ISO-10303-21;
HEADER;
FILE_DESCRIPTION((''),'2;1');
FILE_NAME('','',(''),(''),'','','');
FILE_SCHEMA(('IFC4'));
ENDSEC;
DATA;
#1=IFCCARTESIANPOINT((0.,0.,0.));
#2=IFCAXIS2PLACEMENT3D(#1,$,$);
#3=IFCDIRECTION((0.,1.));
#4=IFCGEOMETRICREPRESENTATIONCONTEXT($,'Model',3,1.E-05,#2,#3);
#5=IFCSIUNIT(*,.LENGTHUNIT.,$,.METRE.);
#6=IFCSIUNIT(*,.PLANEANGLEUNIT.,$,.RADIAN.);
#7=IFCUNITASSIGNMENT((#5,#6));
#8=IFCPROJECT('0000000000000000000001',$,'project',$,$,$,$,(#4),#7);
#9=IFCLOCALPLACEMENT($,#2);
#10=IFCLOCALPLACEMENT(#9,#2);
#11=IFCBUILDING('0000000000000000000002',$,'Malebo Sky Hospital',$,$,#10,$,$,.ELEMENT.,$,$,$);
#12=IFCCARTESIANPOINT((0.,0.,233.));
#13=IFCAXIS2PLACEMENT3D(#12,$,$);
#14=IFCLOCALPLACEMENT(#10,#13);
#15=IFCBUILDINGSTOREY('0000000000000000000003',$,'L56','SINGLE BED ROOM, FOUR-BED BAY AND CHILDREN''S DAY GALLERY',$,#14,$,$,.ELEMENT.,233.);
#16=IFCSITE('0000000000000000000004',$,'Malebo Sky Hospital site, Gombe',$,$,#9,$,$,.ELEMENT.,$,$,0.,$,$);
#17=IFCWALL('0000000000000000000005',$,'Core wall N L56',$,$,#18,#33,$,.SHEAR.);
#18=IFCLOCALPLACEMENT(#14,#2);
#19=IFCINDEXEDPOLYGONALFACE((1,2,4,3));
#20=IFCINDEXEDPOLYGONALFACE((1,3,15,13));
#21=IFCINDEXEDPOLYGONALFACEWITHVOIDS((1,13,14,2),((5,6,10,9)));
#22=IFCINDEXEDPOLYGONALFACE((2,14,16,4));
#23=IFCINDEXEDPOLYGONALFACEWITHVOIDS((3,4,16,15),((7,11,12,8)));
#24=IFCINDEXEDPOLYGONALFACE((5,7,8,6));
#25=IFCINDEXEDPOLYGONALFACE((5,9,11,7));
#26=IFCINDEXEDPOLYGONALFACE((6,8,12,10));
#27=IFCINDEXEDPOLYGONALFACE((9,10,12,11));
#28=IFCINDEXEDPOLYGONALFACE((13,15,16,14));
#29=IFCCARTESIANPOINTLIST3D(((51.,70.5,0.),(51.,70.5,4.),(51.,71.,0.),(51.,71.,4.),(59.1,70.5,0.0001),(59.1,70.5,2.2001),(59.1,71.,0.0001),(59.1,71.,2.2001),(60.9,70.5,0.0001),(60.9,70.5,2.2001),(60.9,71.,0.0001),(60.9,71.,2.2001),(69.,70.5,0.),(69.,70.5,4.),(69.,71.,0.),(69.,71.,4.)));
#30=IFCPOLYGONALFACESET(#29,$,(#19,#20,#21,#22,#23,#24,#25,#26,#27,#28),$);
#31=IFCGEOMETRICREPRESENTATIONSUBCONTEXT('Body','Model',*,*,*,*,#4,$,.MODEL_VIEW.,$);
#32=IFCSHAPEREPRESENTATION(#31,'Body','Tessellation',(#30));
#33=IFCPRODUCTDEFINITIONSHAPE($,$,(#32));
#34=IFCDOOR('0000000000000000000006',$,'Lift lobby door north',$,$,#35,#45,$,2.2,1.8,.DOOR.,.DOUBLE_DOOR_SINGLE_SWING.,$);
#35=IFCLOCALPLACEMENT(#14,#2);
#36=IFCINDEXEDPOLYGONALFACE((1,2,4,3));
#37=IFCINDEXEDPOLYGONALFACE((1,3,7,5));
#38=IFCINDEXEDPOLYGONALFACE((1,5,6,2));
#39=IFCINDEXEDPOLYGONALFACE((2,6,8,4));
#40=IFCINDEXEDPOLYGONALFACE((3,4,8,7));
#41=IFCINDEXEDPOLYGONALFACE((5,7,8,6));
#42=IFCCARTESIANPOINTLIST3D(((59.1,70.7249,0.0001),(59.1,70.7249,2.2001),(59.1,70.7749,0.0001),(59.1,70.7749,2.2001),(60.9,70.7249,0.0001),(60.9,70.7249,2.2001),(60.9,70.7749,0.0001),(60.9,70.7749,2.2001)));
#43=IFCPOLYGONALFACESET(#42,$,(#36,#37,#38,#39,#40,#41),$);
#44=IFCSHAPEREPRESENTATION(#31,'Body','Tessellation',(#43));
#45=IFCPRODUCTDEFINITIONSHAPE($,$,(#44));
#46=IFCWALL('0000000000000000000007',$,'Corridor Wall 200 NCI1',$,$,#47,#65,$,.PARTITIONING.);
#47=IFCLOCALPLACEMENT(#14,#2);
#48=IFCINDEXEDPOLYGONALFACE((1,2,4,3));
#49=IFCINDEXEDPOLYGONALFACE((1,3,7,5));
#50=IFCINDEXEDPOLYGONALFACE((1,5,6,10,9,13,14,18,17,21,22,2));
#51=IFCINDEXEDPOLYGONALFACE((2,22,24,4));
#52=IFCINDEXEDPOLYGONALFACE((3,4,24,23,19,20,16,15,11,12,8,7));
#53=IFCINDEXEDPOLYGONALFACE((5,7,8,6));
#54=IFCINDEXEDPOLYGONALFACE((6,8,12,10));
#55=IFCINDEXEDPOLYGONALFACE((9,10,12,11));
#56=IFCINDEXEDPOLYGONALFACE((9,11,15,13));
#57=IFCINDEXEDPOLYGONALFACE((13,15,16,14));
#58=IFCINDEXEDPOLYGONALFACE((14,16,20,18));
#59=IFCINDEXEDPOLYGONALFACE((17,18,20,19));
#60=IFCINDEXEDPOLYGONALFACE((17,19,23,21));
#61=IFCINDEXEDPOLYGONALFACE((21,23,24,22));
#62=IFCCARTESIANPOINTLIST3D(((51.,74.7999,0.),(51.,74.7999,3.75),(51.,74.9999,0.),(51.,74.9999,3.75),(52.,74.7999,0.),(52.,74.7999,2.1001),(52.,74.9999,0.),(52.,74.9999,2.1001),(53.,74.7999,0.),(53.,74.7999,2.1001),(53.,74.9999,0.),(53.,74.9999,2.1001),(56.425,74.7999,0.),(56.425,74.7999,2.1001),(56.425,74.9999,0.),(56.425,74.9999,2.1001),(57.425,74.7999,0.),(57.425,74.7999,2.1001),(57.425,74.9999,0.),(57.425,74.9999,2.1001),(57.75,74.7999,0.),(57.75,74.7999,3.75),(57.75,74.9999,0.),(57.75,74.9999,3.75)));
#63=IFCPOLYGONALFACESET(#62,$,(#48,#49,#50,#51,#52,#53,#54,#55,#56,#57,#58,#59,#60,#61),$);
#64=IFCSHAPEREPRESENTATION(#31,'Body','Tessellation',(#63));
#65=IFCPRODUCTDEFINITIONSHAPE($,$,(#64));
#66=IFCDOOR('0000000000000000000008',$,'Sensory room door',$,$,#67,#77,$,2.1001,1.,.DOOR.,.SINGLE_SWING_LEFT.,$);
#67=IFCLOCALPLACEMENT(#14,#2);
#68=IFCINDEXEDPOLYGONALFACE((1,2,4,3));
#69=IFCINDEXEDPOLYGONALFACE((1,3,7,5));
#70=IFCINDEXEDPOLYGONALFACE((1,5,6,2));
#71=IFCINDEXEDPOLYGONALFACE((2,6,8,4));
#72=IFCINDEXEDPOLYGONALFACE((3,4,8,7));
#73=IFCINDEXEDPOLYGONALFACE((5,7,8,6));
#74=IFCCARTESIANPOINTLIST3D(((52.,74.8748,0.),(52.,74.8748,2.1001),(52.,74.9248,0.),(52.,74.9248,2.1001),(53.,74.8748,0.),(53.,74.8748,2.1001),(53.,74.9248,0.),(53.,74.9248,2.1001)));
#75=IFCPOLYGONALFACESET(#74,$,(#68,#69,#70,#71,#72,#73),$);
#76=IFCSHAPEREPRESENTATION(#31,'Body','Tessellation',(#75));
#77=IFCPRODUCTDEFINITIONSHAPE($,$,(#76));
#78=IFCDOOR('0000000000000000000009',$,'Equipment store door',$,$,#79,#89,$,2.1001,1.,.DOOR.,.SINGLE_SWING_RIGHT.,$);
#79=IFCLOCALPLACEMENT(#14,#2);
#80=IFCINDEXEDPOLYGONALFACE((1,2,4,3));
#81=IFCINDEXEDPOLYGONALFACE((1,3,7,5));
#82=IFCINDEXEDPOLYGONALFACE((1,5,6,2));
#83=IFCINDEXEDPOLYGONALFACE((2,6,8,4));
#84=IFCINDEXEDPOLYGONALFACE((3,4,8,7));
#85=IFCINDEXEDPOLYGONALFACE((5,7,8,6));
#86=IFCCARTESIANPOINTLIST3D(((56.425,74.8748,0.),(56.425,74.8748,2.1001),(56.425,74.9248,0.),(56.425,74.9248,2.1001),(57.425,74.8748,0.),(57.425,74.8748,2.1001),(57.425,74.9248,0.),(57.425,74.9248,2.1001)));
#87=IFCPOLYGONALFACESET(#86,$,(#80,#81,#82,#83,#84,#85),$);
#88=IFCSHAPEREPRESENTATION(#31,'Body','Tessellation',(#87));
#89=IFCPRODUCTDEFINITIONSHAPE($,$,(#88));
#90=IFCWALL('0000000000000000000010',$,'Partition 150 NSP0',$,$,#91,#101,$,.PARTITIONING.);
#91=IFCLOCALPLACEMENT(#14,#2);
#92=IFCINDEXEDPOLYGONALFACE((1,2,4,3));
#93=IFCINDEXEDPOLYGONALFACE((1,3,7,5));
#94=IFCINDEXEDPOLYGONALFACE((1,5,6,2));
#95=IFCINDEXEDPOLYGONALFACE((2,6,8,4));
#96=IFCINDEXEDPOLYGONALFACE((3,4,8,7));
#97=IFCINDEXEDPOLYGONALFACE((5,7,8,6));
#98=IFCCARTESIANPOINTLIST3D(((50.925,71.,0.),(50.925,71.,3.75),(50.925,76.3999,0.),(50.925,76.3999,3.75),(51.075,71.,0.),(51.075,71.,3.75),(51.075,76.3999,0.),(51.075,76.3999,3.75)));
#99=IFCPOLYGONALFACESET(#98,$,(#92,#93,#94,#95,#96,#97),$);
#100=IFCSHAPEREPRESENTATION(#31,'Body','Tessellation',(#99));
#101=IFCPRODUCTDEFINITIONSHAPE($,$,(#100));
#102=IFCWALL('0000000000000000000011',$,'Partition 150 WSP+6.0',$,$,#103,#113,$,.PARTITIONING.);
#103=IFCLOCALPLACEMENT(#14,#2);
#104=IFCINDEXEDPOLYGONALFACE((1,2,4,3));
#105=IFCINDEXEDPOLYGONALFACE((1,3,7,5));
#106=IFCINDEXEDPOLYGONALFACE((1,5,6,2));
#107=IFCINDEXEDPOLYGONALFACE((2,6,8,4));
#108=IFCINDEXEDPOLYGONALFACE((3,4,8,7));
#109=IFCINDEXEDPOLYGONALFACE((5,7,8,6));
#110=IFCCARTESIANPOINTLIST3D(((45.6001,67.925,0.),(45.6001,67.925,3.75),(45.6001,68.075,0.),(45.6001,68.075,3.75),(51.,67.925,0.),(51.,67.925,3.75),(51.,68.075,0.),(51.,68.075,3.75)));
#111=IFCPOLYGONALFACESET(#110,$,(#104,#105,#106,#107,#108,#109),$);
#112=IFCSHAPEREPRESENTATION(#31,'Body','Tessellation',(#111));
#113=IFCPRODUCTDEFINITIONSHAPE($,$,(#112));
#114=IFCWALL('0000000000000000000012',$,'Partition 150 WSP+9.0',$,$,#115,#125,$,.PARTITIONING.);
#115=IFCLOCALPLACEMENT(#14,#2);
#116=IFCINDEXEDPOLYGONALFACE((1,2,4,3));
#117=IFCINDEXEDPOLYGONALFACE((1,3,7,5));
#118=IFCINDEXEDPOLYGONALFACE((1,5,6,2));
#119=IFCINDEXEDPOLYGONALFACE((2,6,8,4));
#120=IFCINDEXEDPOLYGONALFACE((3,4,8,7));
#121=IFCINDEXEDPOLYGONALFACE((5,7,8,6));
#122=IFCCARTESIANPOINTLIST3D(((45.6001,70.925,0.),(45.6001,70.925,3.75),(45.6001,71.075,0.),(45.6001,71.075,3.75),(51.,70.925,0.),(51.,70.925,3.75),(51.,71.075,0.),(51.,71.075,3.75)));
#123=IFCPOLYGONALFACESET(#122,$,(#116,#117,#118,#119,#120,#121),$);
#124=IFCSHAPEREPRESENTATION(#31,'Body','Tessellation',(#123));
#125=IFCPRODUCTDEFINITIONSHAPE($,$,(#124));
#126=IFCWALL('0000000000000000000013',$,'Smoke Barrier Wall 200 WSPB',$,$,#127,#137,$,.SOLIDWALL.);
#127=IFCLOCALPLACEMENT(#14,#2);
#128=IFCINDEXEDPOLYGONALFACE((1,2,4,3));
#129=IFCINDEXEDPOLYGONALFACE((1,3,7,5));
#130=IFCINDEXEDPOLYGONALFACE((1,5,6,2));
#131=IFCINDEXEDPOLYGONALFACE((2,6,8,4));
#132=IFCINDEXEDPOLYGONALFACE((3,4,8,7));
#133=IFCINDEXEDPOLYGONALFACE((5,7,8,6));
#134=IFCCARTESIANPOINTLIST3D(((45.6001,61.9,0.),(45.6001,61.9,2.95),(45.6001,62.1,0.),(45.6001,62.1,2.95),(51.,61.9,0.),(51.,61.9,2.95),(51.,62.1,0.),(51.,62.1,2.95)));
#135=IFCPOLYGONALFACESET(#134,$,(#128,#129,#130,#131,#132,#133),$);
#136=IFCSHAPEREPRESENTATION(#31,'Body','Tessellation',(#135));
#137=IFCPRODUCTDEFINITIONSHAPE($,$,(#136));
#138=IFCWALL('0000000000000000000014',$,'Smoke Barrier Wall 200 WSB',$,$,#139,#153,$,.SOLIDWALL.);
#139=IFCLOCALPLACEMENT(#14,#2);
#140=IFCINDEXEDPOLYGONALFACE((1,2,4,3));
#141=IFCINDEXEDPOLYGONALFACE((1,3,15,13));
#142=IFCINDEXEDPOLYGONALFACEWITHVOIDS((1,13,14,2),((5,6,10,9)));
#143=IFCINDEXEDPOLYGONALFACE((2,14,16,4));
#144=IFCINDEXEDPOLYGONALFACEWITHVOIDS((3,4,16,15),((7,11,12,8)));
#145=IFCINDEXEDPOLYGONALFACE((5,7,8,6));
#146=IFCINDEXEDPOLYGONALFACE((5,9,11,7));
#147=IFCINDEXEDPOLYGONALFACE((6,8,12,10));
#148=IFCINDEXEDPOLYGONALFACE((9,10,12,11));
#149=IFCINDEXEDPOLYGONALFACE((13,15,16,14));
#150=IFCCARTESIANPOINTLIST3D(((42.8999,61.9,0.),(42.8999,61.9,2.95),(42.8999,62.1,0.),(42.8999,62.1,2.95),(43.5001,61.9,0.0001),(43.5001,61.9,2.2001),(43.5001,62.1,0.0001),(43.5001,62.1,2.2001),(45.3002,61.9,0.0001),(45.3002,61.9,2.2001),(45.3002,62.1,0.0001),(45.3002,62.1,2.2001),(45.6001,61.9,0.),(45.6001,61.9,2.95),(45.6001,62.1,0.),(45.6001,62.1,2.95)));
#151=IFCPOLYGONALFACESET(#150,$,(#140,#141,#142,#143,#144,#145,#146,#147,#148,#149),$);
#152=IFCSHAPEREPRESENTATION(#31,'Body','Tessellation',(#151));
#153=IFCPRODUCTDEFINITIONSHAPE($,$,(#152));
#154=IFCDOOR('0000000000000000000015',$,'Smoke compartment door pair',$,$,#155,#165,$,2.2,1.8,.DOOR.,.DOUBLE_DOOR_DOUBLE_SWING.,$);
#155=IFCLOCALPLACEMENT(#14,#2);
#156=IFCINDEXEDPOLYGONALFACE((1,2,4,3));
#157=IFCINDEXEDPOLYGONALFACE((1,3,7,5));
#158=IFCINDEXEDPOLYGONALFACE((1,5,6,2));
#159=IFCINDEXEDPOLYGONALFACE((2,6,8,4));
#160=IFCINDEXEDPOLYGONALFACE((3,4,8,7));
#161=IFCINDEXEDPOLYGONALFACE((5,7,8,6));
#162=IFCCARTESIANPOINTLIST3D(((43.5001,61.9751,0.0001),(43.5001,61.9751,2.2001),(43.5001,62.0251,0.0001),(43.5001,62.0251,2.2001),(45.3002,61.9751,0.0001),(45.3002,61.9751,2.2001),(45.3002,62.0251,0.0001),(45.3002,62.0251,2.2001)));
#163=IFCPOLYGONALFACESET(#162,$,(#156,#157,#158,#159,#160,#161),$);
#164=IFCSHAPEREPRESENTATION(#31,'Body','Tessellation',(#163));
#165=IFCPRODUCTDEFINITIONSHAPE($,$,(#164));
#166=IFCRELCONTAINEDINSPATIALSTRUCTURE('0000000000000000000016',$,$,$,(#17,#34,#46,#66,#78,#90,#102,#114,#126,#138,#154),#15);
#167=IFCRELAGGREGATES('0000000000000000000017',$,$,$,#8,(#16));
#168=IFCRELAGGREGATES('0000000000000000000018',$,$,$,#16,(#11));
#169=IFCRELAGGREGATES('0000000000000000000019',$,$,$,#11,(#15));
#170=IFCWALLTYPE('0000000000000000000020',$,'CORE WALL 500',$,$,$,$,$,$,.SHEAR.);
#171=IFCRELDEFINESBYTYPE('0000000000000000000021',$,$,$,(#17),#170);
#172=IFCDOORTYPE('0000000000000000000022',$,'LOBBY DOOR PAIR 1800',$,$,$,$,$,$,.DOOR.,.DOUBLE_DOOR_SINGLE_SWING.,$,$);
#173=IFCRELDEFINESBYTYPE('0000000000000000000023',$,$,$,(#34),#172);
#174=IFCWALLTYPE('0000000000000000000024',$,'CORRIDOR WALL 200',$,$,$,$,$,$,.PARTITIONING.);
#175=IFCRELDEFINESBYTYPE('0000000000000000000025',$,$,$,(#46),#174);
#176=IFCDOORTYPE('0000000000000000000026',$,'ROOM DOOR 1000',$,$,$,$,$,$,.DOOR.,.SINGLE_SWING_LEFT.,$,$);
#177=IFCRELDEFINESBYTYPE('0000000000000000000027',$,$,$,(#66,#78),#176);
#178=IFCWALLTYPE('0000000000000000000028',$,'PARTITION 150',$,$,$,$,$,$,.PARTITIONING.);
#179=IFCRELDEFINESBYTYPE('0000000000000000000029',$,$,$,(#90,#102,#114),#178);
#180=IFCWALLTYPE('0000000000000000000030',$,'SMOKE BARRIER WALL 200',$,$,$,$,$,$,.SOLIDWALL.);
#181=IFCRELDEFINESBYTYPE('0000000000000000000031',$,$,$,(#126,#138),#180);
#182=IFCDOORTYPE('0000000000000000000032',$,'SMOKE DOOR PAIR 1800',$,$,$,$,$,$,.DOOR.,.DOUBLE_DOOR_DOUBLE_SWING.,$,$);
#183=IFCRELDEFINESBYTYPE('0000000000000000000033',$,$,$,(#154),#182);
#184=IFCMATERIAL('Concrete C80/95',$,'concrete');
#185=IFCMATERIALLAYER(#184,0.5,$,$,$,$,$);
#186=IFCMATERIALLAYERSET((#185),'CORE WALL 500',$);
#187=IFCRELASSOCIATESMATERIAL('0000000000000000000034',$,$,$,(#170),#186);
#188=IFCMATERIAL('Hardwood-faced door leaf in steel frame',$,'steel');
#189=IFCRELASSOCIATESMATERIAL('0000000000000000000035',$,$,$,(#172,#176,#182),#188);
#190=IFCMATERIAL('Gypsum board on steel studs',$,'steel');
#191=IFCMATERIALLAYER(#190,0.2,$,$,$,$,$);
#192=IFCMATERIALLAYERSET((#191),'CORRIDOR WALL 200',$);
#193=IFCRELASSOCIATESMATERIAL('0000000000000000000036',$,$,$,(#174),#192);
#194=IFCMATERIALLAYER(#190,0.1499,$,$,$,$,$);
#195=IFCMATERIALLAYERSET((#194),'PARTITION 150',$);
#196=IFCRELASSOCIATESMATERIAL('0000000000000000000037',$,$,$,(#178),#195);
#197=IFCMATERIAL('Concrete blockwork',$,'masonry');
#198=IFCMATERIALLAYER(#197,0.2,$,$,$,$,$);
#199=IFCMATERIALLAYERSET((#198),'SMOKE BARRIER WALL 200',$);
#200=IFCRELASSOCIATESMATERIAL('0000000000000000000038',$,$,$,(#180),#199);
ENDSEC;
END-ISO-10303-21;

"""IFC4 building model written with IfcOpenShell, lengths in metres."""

from ifc_helpers import new_model, si_unit, direction, frame, frame_2d, origin, place, context, subcontext, project, spatial, rectangle, extrude, material, layer, layer_set, type_object, element, fill, save


model = new_model("IFC4")

# Units and contexts
model_context = context("Model", 3, precision=1e-05, world=origin(), true_north=direction((0.0, 1.0)))
body_context = subcontext(model_context, "Body", "Model", "MODEL_VIEW")
ifc_project = project(units=[si_unit("LENGTHUNIT", "METRE"), si_unit("PLANEANGLEUNIT", "RADIAN")], contexts=[model_context])

# Site, building, storey
site_placement = place(None, origin())
site = spatial("IfcSite", under=ifc_project, at=site_placement, Name="Malebo Sky Hospital site, Gombe", CompositionType="ELEMENT", RefElevation=0.0)
building_placement = place(site_placement, origin())
building = spatial("IfcBuilding", under=site, at=building_placement, Name="Malebo Sky Hospital", CompositionType="ELEMENT")
storey_placement = place(building_placement, frame((0.0, 0.0, 233.0)))
storey = spatial("IfcBuildingStorey", under=building, at=storey_placement, Name="L56", Description="SINGLE BED ROOM, FOUR-BED BAY AND CHILDREN'S DAY GALLERY", CompositionType="ELEMENT", Elevation=233.0)

# Wall, opening, door
ifc_material_1 = material(Name="Concrete C80/95", Category="concrete")
ifc_material_2 = material(Name="Hardwood-faced door leaf in steel frame", Category="steel")
ifc_layer_1 = layer(ifc_material_1, 0.5)
ifc_layer_set_1 = layer_set([ifc_layer_1], Name="CORE WALL 500")
wall_type_1 = type_object("IfcWallType", Name="CORE WALL 500", PredefinedType="SHEAR", material=ifc_layer_set_1)
wall_1_placement = place(storey_placement, frame((51.0, 70.75, 0.0), z_axis=(0.0, 0.0, 1.0), x_axis=(1.0, 0.0, 0.0)))
wall_1 = element("IfcWall", 1, at=wall_1_placement, inside=storey, type_object=wall_type_1, Name="Core wall N L56", PredefinedType="SHEAR", context=body_context, shape_type="SweptSolid", body=[
    extrude(rectangle(XDim=18.0, YDim=0.5, at=frame_2d((9.0, 0.0))), origin(), (0.0, 0.0, 1.0), 4.0),
])
opening_1_placement = place(wall_1_placement, frame((8.1001, 0.0, 0.0)))
opening_1 = element("IfcOpeningElement", 2, at=opening_1_placement, cuts=wall_1, PredefinedType="OPENING", context=body_context, shape_type="SweptSolid", body=[
    extrude(rectangle(XDim=1.8, YDim=2.2, at=frame_2d((0.8999, 1.1001))), frame((0.0, 0.26, 0.0), z_axis=(0.0, -1.0, 0.0), x_axis=(1.0, 0.0, 0.0)), (0.0, 0.0, 1.0), 0.52),
])
door_type_1 = type_object("IfcDoorType", Name="LOBBY DOOR PAIR 1800", OperationType="DOUBLE_DOOR_SINGLE_SWING", PredefinedType="DOOR", material=ifc_material_2)
door_1_placement = place(opening_1_placement, origin())
door_1 = element("IfcDoor", 3, at=door_1_placement, inside=storey, type_object=door_type_1, Name="Lift lobby door north", OperationType="DOUBLE_DOOR_SINGLE_SWING", OverallHeight=2.2, OverallWidth=1.8, PredefinedType="DOOR", context=body_context, shape_type="SweptSolid", body=[
    extrude(rectangle(XDim=1.8, YDim=2.2, at=frame_2d((0.8999, 1.1001))), frame((0.0, 0.0249, 0.0), z_axis=(0.0, -1.0, 0.0), x_axis=(1.0, 0.0, 0.0)), (0.0, 0.0, 1.0), 0.05),
])
fill(opening_1, door_1)

# Wall, openings, doors
ifc_material_3 = material(Name="Gypsum board on steel studs", Category="steel")
ifc_layer_2 = layer(ifc_material_3, 0.2)
ifc_layer_set_2 = layer_set([ifc_layer_2], Name="CORRIDOR WALL 200")
wall_type_2 = type_object("IfcWallType", Name="CORRIDOR WALL 200", PredefinedType="PARTITIONING", material=ifc_layer_set_2)
wall_2_placement = place(storey_placement, frame((51.0, 74.8999, 0.0), z_axis=(0.0, 0.0, 1.0), x_axis=(1.0, 0.0, 0.0)))
wall_2 = element("IfcWall", 4, at=wall_2_placement, inside=storey, type_object=wall_type_2, Name="Corridor Wall 200 NCI1", PredefinedType="PARTITIONING", context=body_context, shape_type="SweptSolid", body=[
    extrude(rectangle(XDim=6.75, YDim=0.2, at=frame_2d((3.375, 0.0))), origin(), (0.0, 0.0, 1.0), 3.75),
])
opening_2_placement = place(wall_2_placement, frame((1.0, 0.0, 0.0)))
opening_2 = element("IfcOpeningElement", 5, at=opening_2_placement, cuts=wall_2, PredefinedType="OPENING", context=body_context, shape_type="SweptSolid", body=[
    extrude(rectangle(XDim=1.0, YDim=2.1001, at=frame_2d((0.5, 1.05))), frame((0.0, 0.1099, 0.0), z_axis=(0.0, -1.0, 0.0), x_axis=(1.0, 0.0, 0.0)), (0.0, 0.0, 1.0), 0.22),
])
opening_3_placement = place(wall_2_placement, frame((5.425, 0.0, 0.0)))
opening_3 = element("IfcOpeningElement", 6, at=opening_3_placement, cuts=wall_2, PredefinedType="OPENING", context=body_context, shape_type="SweptSolid", body=[
    extrude(rectangle(XDim=1.0, YDim=2.1001, at=frame_2d((0.5, 1.05))), frame((0.0, 0.1099, 0.0), z_axis=(0.0, -1.0, 0.0), x_axis=(1.0, 0.0, 0.0)), (0.0, 0.0, 1.0), 0.22),
])
door_type_2 = type_object("IfcDoorType", Name="ROOM DOOR 1000", OperationType="SINGLE_SWING_LEFT", PredefinedType="DOOR", material=ifc_material_2)
door_2_placement = place(opening_2_placement, origin())
door_2 = element("IfcDoor", 7, at=door_2_placement, inside=storey, type_object=door_type_2, Name="Sensory room door", OperationType="SINGLE_SWING_LEFT", OverallHeight=2.1001, OverallWidth=1.0, PredefinedType="DOOR", context=body_context, shape_type="SweptSolid", body=[
    extrude(rectangle(XDim=1.0, YDim=2.1001, at=frame_2d((0.5, 1.05))), frame((0.0, 0.0249, 0.0), z_axis=(0.0, -1.0, 0.0), x_axis=(1.0, 0.0, 0.0)), (0.0, 0.0, 1.0), 0.05),
])
fill(opening_2, door_2)
door_3_placement = place(opening_3_placement, origin())
door_3 = element("IfcDoor", 8, at=door_3_placement, inside=storey, type_object=door_type_2, Name="Equipment store door", OperationType="SINGLE_SWING_RIGHT", OverallHeight=2.1001, OverallWidth=1.0, PredefinedType="DOOR", context=body_context, shape_type="SweptSolid", body=[
    extrude(rectangle(XDim=1.0, YDim=2.1001, at=frame_2d((0.5, 1.05))), frame((0.0, 0.0249, 0.0), z_axis=(0.0, -1.0, 0.0), x_axis=(1.0, 0.0, 0.0)), (0.0, 0.0, 1.0), 0.05),
])
fill(opening_3, door_3)

# Walls
ifc_layer_3 = layer(ifc_material_3, 0.1499)
ifc_layer_set_3 = layer_set([ifc_layer_3], Name="PARTITION 150")
wall_type_3 = type_object("IfcWallType", Name="PARTITION 150", PredefinedType="PARTITIONING", material=ifc_layer_set_3)
for number, where, z_axis, x_axis, name in (
    (9, (51.0, 71.0, 0.0), (0.0, 0.0, 1.0), (0.0, 1.0, 0.0), "Partition 150 NSP0"),
    (10, (51.0, 68.0, 0.0), (0.0, 0.0, 1.0), (-1.0, 0.0, 0.0), "Partition 150 WSP+6.0"),
    (11, (51.0, 71.0, 0.0), (0.0, 0.0, 1.0), (-1.0, 0.0, 0.0), "Partition 150 WSP+9.0"),
):
    element("IfcWall", number, at=place(storey_placement, frame(where, z_axis=z_axis, x_axis=x_axis)), inside=storey, type_object=wall_type_3, Name=name, PredefinedType="PARTITIONING", context=body_context, shape_type="SweptSolid", body=[
        extrude(rectangle(XDim=5.3999, YDim=0.1499, at=frame_2d((2.7, 0.0))), origin(), (0.0, 0.0, 1.0), 3.75),
    ])
ifc_material_4 = material(Name="Concrete blockwork", Category="masonry")
ifc_layer_4 = layer(ifc_material_4, 0.2)
ifc_layer_set_4 = layer_set([ifc_layer_4], Name="SMOKE BARRIER WALL 200")
wall_type_4 = type_object("IfcWallType", Name="SMOKE BARRIER WALL 200", PredefinedType="SOLIDWALL", material=ifc_layer_set_4)
wall_3_placement = place(storey_placement, frame((51.0, 62.0, 0.0), z_axis=(0.0, 0.0, 1.0), x_axis=(-1.0, 0.0, 0.0)))
element("IfcWall", 12, at=wall_3_placement, inside=storey, type_object=wall_type_4, Name="Smoke Barrier Wall 200 WSPB", PredefinedType="SOLIDWALL", context=body_context, shape_type="SweptSolid", body=[
    extrude(rectangle(XDim=5.3999, YDim=0.2, at=frame_2d((2.7, 0.0))), origin(), (0.0, 0.0, 1.0), 2.95),
])

# Wall, opening, door
wall_4_placement = place(storey_placement, frame((45.6001, 62.0, 0.0), z_axis=(0.0, 0.0, 1.0), x_axis=(-1.0, 0.0, 0.0)))
wall_4 = element("IfcWall", 13, at=wall_4_placement, inside=storey, type_object=wall_type_4, Name="Smoke Barrier Wall 200 WSB", PredefinedType="SOLIDWALL", context=body_context, shape_type="SweptSolid", body=[
    extrude(rectangle(XDim=2.7002, YDim=0.2, at=frame_2d((1.3501, 0.0))), origin(), (0.0, 0.0, 1.0), 2.95),
])
opening_4_placement = place(wall_4_placement, frame((0.3, 0.0, 0.0)))
opening_4 = element("IfcOpeningElement", 14, at=opening_4_placement, cuts=wall_4, PredefinedType="OPENING", context=body_context, shape_type="SweptSolid", body=[
    extrude(rectangle(XDim=1.8, YDim=2.2, at=frame_2d((0.8999, 1.1001))), frame((0.0, 0.1099, 0.0), z_axis=(0.0, -1.0, 0.0), x_axis=(1.0, 0.0, 0.0)), (0.0, 0.0, 1.0), 0.22),
])
door_type_3 = type_object("IfcDoorType", Name="SMOKE DOOR PAIR 1800", OperationType="DOUBLE_DOOR_DOUBLE_SWING", PredefinedType="DOOR", material=ifc_material_2)
door_4_placement = place(opening_4_placement, origin())
door_4 = element("IfcDoor", 15, at=door_4_placement, inside=storey, type_object=door_type_3, Name="Smoke compartment door pair", OperationType="DOUBLE_DOOR_DOUBLE_SWING", OverallHeight=2.2, OverallWidth=1.8, PredefinedType="DOOR", context=body_context, shape_type="SweptSolid", body=[
    extrude(rectangle(XDim=1.8, YDim=2.2, at=frame_2d((0.8999, 1.1001))), frame((0.0, 0.0249, 0.0), z_axis=(0.0, -1.0, 0.0), x_axis=(1.0, 0.0, 0.0)), (0.0, 0.0, 1.0), 0.05),
])
fill(opening_4, door_4)

save(model, "model.ifc")
